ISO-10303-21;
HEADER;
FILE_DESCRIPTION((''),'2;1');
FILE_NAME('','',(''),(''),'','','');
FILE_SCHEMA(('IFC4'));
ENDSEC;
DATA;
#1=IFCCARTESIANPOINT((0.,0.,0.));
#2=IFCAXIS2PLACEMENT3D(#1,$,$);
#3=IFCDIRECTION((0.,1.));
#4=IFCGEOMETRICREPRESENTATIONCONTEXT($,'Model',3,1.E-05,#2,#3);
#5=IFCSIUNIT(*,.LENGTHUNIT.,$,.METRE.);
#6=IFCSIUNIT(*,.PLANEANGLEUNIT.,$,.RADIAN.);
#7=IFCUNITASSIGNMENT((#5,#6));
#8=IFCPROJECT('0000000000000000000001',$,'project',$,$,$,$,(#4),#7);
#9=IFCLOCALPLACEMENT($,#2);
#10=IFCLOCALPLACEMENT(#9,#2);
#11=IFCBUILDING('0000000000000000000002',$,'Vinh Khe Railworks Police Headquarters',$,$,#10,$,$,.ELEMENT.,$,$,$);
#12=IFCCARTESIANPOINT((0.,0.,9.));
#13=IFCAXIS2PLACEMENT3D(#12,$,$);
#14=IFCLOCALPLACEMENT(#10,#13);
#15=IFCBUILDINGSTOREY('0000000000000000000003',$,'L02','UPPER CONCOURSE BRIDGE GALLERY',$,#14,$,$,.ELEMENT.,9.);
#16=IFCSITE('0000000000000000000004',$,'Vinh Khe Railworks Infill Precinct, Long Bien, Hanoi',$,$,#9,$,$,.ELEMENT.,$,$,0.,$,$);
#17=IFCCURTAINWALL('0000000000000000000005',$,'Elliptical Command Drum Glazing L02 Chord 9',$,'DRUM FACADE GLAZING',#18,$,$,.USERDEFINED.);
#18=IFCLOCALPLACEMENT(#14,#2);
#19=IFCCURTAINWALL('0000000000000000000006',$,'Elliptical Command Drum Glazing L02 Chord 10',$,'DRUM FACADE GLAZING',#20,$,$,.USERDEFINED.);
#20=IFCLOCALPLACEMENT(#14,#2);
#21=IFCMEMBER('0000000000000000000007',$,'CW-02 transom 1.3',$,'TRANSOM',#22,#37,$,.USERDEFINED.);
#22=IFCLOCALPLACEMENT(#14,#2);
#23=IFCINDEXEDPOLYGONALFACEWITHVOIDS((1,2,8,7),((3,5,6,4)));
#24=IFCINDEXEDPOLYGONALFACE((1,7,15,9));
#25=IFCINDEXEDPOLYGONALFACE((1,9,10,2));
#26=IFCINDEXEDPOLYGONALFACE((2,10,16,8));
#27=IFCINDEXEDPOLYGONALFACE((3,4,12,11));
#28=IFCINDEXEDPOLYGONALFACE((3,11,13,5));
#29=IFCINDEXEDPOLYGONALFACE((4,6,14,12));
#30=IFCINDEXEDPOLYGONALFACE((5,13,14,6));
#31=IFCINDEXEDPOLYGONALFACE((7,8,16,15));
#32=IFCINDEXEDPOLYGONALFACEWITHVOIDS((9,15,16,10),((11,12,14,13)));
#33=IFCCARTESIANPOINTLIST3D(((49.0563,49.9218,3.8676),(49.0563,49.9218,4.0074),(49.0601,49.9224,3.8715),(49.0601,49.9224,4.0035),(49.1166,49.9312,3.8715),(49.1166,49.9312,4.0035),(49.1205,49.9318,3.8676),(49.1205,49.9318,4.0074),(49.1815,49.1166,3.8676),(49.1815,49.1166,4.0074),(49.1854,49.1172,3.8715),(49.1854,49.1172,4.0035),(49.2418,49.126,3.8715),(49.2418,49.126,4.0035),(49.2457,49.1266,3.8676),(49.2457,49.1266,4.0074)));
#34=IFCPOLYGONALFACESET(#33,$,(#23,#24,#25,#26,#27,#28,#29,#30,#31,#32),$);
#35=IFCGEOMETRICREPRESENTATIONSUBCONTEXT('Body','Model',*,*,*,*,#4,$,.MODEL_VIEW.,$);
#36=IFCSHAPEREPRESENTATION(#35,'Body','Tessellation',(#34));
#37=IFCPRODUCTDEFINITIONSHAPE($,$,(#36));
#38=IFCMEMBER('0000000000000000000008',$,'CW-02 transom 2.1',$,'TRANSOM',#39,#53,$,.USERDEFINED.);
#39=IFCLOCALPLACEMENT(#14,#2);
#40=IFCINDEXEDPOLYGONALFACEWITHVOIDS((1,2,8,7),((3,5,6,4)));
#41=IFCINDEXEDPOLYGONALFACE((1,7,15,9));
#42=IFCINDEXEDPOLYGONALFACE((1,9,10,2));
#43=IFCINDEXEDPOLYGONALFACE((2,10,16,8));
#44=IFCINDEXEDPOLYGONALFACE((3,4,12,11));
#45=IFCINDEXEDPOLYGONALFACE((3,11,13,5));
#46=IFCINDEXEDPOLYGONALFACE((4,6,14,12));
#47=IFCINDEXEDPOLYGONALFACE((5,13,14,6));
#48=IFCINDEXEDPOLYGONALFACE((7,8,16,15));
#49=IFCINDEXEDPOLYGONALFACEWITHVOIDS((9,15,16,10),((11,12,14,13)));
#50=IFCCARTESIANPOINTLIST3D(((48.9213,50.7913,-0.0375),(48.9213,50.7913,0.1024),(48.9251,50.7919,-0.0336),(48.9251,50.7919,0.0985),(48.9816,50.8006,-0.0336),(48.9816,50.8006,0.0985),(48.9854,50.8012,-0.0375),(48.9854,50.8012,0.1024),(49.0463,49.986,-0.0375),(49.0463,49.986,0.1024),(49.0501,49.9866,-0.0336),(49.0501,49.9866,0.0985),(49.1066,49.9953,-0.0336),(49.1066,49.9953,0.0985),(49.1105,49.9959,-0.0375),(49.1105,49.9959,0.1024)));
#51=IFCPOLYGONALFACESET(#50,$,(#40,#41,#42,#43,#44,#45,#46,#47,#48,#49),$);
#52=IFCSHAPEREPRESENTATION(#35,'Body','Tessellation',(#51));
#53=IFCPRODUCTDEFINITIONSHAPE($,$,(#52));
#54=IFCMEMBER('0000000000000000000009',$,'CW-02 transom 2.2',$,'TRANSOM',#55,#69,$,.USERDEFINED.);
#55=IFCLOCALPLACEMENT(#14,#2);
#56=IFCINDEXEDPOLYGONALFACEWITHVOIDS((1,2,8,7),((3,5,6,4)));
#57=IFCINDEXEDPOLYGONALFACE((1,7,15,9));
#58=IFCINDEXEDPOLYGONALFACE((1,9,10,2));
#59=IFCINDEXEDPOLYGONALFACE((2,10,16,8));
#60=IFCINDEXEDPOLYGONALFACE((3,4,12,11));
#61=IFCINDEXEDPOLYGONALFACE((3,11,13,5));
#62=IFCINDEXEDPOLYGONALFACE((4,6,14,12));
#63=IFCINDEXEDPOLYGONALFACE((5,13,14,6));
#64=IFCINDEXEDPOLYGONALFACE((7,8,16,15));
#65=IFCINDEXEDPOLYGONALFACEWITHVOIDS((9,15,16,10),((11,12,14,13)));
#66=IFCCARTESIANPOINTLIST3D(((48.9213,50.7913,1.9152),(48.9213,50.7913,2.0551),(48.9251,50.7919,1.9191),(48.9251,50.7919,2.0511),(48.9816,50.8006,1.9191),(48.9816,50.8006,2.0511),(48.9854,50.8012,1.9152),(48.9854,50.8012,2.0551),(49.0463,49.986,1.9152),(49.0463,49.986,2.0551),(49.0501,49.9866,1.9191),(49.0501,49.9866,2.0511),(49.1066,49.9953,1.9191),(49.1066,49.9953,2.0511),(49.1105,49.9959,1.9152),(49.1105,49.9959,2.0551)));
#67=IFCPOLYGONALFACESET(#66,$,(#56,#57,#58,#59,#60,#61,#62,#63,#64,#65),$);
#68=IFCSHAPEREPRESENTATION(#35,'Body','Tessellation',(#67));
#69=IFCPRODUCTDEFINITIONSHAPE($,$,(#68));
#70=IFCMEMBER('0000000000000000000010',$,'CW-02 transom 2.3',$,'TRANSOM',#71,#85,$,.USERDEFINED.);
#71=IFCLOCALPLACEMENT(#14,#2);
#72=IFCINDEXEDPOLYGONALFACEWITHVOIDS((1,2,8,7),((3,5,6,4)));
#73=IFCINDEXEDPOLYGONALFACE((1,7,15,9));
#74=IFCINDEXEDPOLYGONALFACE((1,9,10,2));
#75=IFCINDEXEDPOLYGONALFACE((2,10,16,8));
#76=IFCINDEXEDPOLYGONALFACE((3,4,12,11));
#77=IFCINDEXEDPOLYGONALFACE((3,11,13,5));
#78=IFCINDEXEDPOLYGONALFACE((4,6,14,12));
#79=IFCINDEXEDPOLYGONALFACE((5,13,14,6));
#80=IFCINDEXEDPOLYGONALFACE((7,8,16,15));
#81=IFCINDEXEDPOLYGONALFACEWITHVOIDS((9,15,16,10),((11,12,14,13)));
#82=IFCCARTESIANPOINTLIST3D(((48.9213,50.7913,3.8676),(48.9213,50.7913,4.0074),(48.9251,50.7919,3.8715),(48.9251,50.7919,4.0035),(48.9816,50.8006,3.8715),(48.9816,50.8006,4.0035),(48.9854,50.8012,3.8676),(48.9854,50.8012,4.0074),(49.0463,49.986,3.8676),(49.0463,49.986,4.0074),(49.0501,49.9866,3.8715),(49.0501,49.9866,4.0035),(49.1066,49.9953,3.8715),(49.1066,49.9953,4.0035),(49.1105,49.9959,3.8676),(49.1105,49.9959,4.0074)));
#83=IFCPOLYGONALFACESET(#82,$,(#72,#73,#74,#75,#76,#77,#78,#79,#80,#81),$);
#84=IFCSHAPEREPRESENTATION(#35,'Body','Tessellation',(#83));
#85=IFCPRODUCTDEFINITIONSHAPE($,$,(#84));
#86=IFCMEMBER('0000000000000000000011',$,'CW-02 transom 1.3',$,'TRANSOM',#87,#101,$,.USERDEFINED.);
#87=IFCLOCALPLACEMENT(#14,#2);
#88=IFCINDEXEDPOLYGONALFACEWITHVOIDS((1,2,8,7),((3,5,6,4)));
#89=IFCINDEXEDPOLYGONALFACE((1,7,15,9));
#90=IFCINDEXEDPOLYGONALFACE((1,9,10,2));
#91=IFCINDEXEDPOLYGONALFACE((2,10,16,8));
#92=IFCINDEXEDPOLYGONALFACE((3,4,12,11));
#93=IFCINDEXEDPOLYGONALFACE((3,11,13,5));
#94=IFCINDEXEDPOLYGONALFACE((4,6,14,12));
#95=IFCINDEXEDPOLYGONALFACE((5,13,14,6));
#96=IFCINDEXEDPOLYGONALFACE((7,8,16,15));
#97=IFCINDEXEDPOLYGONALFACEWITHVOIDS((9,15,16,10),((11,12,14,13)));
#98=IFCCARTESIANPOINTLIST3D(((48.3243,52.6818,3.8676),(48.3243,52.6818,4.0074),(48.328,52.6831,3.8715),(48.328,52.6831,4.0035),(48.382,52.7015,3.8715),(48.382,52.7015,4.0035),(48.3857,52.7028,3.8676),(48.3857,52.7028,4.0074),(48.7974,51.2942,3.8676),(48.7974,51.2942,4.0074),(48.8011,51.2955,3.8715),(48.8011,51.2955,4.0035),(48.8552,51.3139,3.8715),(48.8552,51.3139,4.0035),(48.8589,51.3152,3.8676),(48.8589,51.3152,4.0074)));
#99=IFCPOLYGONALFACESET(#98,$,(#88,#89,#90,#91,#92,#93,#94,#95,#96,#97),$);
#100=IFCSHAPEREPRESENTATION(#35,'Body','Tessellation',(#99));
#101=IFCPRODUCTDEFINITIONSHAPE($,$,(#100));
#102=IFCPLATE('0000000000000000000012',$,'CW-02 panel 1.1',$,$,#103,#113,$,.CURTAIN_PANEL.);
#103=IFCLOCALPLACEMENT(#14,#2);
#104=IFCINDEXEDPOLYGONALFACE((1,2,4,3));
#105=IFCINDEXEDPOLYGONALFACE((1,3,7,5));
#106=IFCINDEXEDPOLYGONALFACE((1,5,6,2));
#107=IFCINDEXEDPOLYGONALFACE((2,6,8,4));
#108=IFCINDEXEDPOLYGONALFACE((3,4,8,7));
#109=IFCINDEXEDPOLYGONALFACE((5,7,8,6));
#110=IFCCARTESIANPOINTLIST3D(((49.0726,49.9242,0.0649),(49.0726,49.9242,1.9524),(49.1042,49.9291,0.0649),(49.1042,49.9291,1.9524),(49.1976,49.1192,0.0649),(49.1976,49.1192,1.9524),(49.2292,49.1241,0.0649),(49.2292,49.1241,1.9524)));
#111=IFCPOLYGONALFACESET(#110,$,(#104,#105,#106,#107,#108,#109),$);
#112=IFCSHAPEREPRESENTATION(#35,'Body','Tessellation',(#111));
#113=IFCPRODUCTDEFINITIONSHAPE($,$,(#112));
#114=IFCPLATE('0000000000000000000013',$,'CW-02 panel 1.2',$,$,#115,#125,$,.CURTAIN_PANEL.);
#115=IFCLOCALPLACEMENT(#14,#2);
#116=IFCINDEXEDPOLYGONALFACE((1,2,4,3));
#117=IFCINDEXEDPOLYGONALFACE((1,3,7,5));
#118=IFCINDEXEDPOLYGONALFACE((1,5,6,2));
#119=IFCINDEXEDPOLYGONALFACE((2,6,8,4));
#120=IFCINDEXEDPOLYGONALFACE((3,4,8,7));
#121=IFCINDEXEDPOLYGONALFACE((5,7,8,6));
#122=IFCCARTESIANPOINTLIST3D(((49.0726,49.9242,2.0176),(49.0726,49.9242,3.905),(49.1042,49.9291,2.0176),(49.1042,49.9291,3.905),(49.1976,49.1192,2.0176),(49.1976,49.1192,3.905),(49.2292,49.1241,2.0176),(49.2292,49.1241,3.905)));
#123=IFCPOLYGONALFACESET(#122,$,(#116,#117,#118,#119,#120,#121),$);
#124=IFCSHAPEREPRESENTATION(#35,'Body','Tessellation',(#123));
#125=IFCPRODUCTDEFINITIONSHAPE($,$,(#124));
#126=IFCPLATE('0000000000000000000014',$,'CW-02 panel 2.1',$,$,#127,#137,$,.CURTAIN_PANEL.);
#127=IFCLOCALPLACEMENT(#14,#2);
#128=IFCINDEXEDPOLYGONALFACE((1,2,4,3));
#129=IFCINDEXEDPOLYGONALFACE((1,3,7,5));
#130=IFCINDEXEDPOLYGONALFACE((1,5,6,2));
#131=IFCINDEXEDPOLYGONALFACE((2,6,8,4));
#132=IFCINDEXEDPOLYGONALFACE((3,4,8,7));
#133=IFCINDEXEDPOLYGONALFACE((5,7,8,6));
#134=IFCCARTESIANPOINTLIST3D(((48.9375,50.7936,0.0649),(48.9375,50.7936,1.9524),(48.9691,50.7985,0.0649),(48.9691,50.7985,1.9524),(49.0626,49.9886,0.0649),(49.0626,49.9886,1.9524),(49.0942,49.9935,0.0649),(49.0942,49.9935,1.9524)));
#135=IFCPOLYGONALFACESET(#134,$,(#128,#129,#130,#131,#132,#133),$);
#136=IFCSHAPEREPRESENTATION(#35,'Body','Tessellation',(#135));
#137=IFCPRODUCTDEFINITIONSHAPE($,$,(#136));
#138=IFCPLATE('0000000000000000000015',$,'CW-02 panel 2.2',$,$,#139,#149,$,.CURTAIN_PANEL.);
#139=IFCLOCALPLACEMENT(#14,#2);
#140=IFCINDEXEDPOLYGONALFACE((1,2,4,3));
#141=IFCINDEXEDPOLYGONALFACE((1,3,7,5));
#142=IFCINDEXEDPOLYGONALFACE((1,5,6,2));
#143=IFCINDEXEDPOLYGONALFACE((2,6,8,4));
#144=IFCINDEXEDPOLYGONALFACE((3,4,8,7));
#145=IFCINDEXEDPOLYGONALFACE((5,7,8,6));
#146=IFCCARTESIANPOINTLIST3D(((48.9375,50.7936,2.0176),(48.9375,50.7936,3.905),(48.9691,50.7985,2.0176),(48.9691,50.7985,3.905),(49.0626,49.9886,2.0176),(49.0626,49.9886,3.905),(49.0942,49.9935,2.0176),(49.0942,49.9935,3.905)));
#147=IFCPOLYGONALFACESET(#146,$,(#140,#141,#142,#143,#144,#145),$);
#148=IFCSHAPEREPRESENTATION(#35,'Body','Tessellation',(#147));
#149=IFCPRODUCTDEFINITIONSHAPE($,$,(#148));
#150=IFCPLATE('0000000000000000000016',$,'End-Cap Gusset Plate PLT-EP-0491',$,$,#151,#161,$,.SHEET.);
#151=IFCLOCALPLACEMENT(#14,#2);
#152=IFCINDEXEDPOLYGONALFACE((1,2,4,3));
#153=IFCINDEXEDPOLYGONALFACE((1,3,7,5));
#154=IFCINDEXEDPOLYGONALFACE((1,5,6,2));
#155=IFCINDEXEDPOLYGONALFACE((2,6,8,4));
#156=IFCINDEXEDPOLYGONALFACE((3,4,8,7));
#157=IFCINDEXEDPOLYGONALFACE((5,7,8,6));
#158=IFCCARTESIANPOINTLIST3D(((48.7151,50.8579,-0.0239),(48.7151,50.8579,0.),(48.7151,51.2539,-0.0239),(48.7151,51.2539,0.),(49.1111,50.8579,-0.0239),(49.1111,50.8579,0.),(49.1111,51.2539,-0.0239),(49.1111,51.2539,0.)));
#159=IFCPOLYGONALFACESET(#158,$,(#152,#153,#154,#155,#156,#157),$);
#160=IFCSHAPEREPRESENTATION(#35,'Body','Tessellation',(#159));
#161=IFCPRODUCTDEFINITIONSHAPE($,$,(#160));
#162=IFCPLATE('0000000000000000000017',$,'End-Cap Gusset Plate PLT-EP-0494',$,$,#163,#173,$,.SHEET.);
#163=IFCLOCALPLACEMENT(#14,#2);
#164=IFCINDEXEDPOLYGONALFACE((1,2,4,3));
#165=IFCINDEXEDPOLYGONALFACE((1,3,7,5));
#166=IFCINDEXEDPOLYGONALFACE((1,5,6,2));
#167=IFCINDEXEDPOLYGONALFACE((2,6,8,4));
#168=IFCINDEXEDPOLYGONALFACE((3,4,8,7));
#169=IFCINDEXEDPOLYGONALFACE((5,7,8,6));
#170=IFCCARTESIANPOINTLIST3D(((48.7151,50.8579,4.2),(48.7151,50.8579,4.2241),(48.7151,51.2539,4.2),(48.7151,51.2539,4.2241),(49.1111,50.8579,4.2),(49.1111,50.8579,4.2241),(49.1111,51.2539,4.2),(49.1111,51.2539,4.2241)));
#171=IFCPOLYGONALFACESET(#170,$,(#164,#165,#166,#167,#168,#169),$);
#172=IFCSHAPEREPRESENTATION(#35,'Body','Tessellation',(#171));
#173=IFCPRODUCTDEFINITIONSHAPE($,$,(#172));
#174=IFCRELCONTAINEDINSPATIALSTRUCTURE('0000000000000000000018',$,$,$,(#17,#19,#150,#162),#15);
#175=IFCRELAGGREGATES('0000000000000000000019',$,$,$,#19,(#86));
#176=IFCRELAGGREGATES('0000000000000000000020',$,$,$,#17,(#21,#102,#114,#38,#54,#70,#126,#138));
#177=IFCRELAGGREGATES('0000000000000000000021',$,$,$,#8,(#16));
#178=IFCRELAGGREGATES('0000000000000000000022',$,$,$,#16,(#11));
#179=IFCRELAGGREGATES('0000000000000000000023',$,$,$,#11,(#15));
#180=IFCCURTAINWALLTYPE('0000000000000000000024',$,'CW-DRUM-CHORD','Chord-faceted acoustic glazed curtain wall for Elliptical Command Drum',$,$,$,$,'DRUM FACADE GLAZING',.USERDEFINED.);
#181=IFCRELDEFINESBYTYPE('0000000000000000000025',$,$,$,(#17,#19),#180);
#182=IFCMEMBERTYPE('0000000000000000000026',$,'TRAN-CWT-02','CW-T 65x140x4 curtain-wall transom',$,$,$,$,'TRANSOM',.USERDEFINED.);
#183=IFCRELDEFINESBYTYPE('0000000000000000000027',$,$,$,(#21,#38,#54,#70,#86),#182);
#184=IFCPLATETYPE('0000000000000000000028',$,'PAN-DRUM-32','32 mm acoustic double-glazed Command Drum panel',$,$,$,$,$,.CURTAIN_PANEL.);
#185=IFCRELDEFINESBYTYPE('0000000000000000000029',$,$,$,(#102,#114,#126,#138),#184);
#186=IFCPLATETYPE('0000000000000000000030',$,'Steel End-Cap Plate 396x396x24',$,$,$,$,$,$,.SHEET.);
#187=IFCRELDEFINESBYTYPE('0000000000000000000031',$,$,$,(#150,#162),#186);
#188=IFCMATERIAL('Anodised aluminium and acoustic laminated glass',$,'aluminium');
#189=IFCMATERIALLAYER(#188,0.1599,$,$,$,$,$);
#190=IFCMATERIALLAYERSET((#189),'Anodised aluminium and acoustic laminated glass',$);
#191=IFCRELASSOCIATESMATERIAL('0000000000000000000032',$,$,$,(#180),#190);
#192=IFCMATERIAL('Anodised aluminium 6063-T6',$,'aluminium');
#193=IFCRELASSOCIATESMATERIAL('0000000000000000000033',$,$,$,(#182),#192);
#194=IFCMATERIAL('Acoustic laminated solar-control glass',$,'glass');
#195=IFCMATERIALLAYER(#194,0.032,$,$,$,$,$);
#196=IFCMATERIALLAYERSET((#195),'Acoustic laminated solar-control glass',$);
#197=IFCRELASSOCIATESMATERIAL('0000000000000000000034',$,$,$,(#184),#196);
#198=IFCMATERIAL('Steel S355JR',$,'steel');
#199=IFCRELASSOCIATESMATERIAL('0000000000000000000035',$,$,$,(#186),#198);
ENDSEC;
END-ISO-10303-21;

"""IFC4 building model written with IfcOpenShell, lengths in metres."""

from ifc_helpers import new_model, si_unit, direction, frame, origin, origin_2d, place, context, subcontext, project, spatial, rectangle, hollow_rectangle, extrude, material, layer, layer_set, material_profile, profile_set, type_object, element, aggregate, save


model = new_model("IFC4")

# Units and contexts
model_context = context("Model", 3, precision=1e-05, world=origin(), true_north=direction((0.0, 1.0)))
body_context = subcontext(model_context, "Body", "Model", "MODEL_VIEW")
ifc_project = project(units=[si_unit("LENGTHUNIT", "METRE"), si_unit("PLANEANGLEUNIT", "RADIAN")], contexts=[model_context])

# Site, building, storey
site_placement = place(None, origin())
site = spatial("IfcSite", under=ifc_project, at=site_placement, Name="Vinh Khe Railworks Infill Precinct, Long Bien, Hanoi", CompositionType="ELEMENT", RefElevation=0.0)
building_placement = place(site_placement, origin())
building = spatial("IfcBuilding", under=site, at=building_placement, Name="Vinh Khe Railworks Police Headquarters", CompositionType="ELEMENT")
storey_placement = place(building_placement, frame((0.0, 0.0, 9.0)))
storey = spatial("IfcBuildingStorey", under=building, at=storey_placement, Name="L02", Description="UPPER CONCOURSE BRIDGE GALLERY", CompositionType="ELEMENT", Elevation=9.0)

# Shared definitions
ifc_material_1 = material(Name="Steel S355JR", Category="steel")

# Shared definitions
ifc_material_2 = material(Name="Anodised aluminium and acoustic laminated glass", Category="aluminium")
ifc_layer_1 = layer(ifc_material_2, 0.1599)
ifc_layer_set_1 = layer_set([ifc_layer_1], Name="Anodised aluminium and acoustic laminated glass")
curtain_wall_type = type_object("IfcCurtainWallType", Name="CW-DRUM-CHORD", Description="Chord-faceted acoustic glazed curtain wall for Elliptical Command Drum", ElementType="DRUM FACADE GLAZING", PredefinedType="USERDEFINED", material=ifc_layer_set_1)
ifc_material_3 = material(Name="Anodised aluminium 6063-T6", Category="aluminium")

# Curtain wall
curtain_wall_1_placement = place(storey_placement, origin())
curtain_wall_1 = element("IfcCurtainWall", 1, at=curtain_wall_1_placement, inside=storey, type_object=curtain_wall_type, Name="Elliptical Command Drum Glazing L02 Chord 9", ObjectType="DRUM FACADE GLAZING", PredefinedType="USERDEFINED")

# Curtain wall
curtain_wall_2_placement = place(storey_placement, origin())
curtain_wall_2 = element("IfcCurtainWall", 2, at=curtain_wall_2_placement, inside=storey, type_object=curtain_wall_type, Name="Elliptical Command Drum Glazing L02 Chord 10", ObjectType="DRUM FACADE GLAZING", PredefinedType="USERDEFINED")

# Members
ifc_material_profile_1 = material_profile(ifc_material_3, hollow_rectangle(XDim=0.0649, YDim=0.1399, WallThickness=0.0039, at=origin_2d()), Name="CW-T 65x140x4")
ifc_profile_set_1 = profile_set([ifc_material_profile_1], Name="Anodised aluminium 6063-T6")
member_type_1 = type_object("IfcMemberType", Name="TRAN-CWT-02", Description="CW-T 65x140x4 curtain-wall transom", ElementType="TRANSOM", PredefinedType="USERDEFINED", material=ifc_profile_set_1)
member_1_placement = place(storey_placement, frame((49.2136, 49.1216, 3.9375), z_axis=(-0.153701, 0.988117, 0.0), x_axis=(-0.988117, -0.153701, 0.0)))
member_1 = element("IfcMember", 3, at=member_1_placement, type_object=member_type_1, Name="CW-02 transom 1.3", ObjectType="TRANSOM", PredefinedType="USERDEFINED", context=body_context, shape_type="SweptSolid", body=[
    extrude(hollow_rectangle(XDim=0.0649, YDim=0.1399, WallThickness=0.0039, at=origin_2d()), origin(), (0.0, 0.0, 1.0), 0.8149),
])
member_2_placement = place(storey_placement, frame((49.0784, 49.991, 0.0325), z_axis=(-0.153408, 0.988163, 0.0), x_axis=(-0.988163, -0.153408, 0.0)))
member_2 = element("IfcMember", 4, at=member_2_placement, type_object=member_type_1, Name="CW-02 transom 2.1", ObjectType="TRANSOM", PredefinedType="USERDEFINED", context=body_context, shape_type="SweptSolid", body=[
    extrude(hollow_rectangle(XDim=0.0649, YDim=0.1399, WallThickness=0.0039, at=origin_2d()), origin(), (0.0, 0.0, 1.0), 0.8149),
])
member_3_placement = place(storey_placement, frame((49.0784, 49.991, 1.9851), z_axis=(-0.153408, 0.988163, 0.0), x_axis=(-0.988163, -0.153408, 0.0)))
member_3 = element("IfcMember", 5, at=member_3_placement, type_object=member_type_1, Name="CW-02 transom 2.2", ObjectType="TRANSOM", PredefinedType="USERDEFINED", context=body_context, shape_type="SweptSolid", body=[
    extrude(hollow_rectangle(XDim=0.0649, YDim=0.1399, WallThickness=0.0039, at=origin_2d()), origin(), (0.0, 0.0, 1.0), 0.8149),
])
member_4_placement = place(storey_placement, frame((49.0784, 49.991, 3.9375), z_axis=(-0.153408, 0.988163, 0.0), x_axis=(-0.988163, -0.153408, 0.0)))
member_4 = element("IfcMember", 6, at=member_4_placement, type_object=member_type_1, Name="CW-02 transom 2.3", ObjectType="TRANSOM", PredefinedType="USERDEFINED", context=body_context, shape_type="SweptSolid", body=[
    extrude(hollow_rectangle(XDim=0.0649, YDim=0.1399, WallThickness=0.0039, at=origin_2d()), origin(), (0.0, 0.0, 1.0), 0.8149),
])
member_5_placement = place(storey_placement, frame((48.8281, 51.3047, 3.9375), z_axis=(-0.322715, 0.946496, 0.0), x_axis=(-0.946496, -0.322715, 0.0)))
member_5 = element("IfcMember", 7, at=member_5_placement, type_object=member_type_1, Name="CW-02 transom 1.3", ObjectType="TRANSOM", PredefinedType="USERDEFINED", context=body_context, shape_type="SweptSolid", body=[
    extrude(hollow_rectangle(XDim=0.0649, YDim=0.1399, WallThickness=0.0039, at=origin_2d()), origin(), (0.0, 0.0, 1.0), 1.4661),
])
aggregate(curtain_wall_2, [member_5])

# Plates
ifc_material_4 = material(Name="Acoustic laminated solar-control glass", Category="glass")
ifc_layer_2 = layer(ifc_material_4, 0.032)
ifc_layer_set_2 = layer_set([ifc_layer_2], Name="Acoustic laminated solar-control glass")
plate_type_1 = type_object("IfcPlateType", Name="PAN-DRUM-32", Description="32 mm acoustic double-glazed Command Drum panel", PredefinedType="CURTAIN_PANEL", material=ifc_layer_set_2)
plate_1_placement = place(storey_placement, frame((49.1509, 49.5242, 0.0649), z_axis=(0.0, 0.0, 1.0), x_axis=(-0.15349, 0.98815, 0.0)))
plate_1 = element("IfcPlate", 8, at=plate_1_placement, type_object=plate_type_1, Name="CW-02 panel 1.1", PredefinedType="CURTAIN_PANEL", context=body_context, shape_type="SweptSolid", body=[
    extrude(rectangle(XDim=0.8147, YDim=0.032, at=origin_2d()), origin(), (0.0, 0.0, 1.0), 1.8875),
])
plate_2_placement = place(storey_placement, frame((49.1509, 49.5242, 2.0176), z_axis=(0.0, 0.0, 1.0), x_axis=(-0.15349, 0.98815, 0.0)))
plate_2 = element("IfcPlate", 9, at=plate_2_placement, type_object=plate_type_1, Name="CW-02 panel 1.2", PredefinedType="CURTAIN_PANEL", context=body_context, shape_type="SweptSolid", body=[
    extrude(rectangle(XDim=0.8147, YDim=0.032, at=origin_2d()), origin(), (0.0, 0.0, 1.0), 1.8875),
])
plate_3_placement = place(storey_placement, frame((49.0159, 50.3936, 0.0649), z_axis=(0.0, 0.0, 1.0), x_axis=(-0.15349, 0.98815, 0.0)))
plate_3 = element("IfcPlate", 10, at=plate_3_placement, type_object=plate_type_1, Name="CW-02 panel 2.1", PredefinedType="CURTAIN_PANEL", context=body_context, shape_type="SweptSolid", body=[
    extrude(rectangle(XDim=0.8147, YDim=0.032, at=origin_2d()), origin(), (0.0, 0.0, 1.0), 1.8875),
])
plate_4_placement = place(storey_placement, frame((49.0159, 50.3936, 2.0176), z_axis=(0.0, 0.0, 1.0), x_axis=(-0.15349, 0.98815, 0.0)))
plate_4 = element("IfcPlate", 11, at=plate_4_placement, type_object=plate_type_1, Name="CW-02 panel 2.2", PredefinedType="CURTAIN_PANEL", context=body_context, shape_type="SweptSolid", body=[
    extrude(rectangle(XDim=0.8147, YDim=0.032, at=origin_2d()), origin(), (0.0, 0.0, 1.0), 1.8875),
])
aggregate(curtain_wall_1, [member_1, plate_1, plate_2, member_2, member_3, member_4, plate_3, plate_4])

# Plates
ifc_material_profile_2 = material_profile(ifc_material_1, rectangle(XDim=0.396, YDim=0.396, at=origin_2d()), Name="PL 396x396")
ifc_profile_set_2 = profile_set([ifc_material_profile_2], Name="Steel S355JR")
plate_type_2 = type_object("IfcPlateType", Name="Steel End-Cap Plate 396x396x24", PredefinedType="SHEET", material=ifc_profile_set_2)
plate_5_placement = place(storey_placement, frame((48.9131, 51.0559, 0.0), z_axis=(0.0, 0.0, -1.0), x_axis=(1.0, 0.0, 0.0)))
element("IfcPlate", 12, at=plate_5_placement, inside=storey, type_object=plate_type_2, Name="End-Cap Gusset Plate PLT-EP-0491", PredefinedType="SHEET", context=body_context, shape_type="SweptSolid", body=[
    extrude(rectangle(XDim=0.396, YDim=0.396, at=origin_2d()), origin(), (0.0, 0.0, 1.0), 0.0239),
])
plate_6_placement = place(storey_placement, frame((48.9131, 51.0559, 4.2), z_axis=(0.0, 0.0, 1.0), x_axis=(1.0, 0.0, 0.0)))
element("IfcPlate", 13, at=plate_6_placement, inside=storey, type_object=plate_type_2, Name="End-Cap Gusset Plate PLT-EP-0494", PredefinedType="SHEET", context=body_context, shape_type="SweptSolid", body=[
    extrude(rectangle(XDim=0.396, YDim=0.396, at=origin_2d()), origin(), (0.0, 0.0, 1.0), 0.0242),
])

save(model, "model.ifc")
